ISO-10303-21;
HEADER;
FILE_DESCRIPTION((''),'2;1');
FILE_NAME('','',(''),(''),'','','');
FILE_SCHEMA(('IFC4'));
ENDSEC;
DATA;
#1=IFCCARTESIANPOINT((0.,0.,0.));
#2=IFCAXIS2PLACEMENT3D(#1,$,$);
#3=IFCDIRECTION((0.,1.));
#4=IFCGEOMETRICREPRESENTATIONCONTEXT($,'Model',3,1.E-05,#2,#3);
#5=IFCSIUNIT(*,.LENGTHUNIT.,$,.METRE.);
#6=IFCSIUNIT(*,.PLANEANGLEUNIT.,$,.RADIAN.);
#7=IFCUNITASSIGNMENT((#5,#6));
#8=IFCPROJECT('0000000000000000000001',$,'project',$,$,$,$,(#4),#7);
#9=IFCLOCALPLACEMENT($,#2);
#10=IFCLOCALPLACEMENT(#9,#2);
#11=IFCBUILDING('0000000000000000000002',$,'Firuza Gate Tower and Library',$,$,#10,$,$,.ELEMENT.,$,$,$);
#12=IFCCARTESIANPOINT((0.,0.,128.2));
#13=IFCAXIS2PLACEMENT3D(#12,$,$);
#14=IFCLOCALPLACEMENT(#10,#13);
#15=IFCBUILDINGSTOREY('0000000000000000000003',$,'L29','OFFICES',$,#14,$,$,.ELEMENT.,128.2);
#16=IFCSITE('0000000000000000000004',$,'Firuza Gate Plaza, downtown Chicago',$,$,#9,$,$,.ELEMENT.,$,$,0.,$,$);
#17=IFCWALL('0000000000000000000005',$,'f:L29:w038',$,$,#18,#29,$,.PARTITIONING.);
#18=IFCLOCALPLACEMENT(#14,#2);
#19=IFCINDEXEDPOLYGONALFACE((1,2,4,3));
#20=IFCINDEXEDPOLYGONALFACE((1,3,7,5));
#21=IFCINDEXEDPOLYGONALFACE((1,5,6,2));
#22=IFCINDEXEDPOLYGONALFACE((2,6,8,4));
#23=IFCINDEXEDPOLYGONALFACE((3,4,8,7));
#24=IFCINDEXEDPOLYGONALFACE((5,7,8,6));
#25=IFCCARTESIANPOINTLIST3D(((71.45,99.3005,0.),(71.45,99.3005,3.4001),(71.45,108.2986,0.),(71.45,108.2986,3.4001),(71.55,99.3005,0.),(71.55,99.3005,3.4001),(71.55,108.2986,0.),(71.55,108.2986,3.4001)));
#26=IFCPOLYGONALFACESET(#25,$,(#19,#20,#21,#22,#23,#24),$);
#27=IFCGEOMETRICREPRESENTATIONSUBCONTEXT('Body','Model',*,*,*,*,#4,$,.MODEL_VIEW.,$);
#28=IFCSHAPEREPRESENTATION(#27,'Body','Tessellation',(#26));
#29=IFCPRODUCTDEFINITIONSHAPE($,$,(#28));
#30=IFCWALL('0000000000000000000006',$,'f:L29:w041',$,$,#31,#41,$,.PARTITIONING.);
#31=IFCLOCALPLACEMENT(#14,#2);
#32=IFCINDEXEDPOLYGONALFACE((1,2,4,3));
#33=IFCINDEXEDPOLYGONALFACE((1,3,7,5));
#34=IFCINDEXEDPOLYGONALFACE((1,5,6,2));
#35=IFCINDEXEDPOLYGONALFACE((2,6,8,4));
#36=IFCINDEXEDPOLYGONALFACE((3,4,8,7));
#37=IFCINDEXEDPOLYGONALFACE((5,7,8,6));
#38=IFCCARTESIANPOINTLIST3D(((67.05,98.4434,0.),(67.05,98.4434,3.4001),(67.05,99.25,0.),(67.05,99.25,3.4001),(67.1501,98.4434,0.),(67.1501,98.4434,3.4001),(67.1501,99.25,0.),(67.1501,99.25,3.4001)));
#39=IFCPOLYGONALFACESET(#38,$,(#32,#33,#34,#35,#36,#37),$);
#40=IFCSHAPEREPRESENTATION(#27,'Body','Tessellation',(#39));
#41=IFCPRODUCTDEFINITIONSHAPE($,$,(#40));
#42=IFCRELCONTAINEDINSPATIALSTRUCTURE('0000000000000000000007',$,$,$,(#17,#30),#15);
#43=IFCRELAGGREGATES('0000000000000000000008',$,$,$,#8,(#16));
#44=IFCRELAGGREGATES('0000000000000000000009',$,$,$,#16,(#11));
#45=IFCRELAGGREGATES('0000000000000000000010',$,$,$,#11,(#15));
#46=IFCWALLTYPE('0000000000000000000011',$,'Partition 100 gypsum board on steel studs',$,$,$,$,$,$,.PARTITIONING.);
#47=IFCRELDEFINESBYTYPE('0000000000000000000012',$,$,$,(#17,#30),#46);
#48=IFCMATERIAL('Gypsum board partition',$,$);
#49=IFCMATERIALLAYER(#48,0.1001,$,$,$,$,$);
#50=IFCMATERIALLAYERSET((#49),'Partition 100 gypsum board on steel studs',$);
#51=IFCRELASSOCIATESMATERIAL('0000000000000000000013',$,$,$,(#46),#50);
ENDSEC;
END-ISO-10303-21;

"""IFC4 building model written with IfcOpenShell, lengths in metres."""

from ifc_helpers import new_model, si_unit, direction, frame, frame_2d, origin, place, context, subcontext, project, spatial, rectangle, extrude, material, layer, layer_set, type_object, element, save


model = new_model("IFC4")

# Units and contexts
model_context = context("Model", 3, precision=1e-05, world=origin(), true_north=direction((0.0, 1.0)))
body_context = subcontext(model_context, "Body", "Model", "MODEL_VIEW")
ifc_project = project(units=[si_unit("LENGTHUNIT", "METRE"), si_unit("PLANEANGLEUNIT", "RADIAN")], contexts=[model_context])

# Site, building, storey
site_placement = place(None, origin())
site = spatial("IfcSite", under=ifc_project, at=site_placement, Name="Firuza Gate Plaza, downtown Chicago", CompositionType="ELEMENT", RefElevation=0.0)
building_placement = place(site_placement, origin())
building = spatial("IfcBuilding", under=site, at=building_placement, Name="Firuza Gate Tower and Library", CompositionType="ELEMENT")
storey_placement = place(building_placement, frame((0.0, 0.0, 128.2)))
storey = spatial("IfcBuildingStorey", under=building, at=storey_placement, Name="L29", Description="OFFICES", CompositionType="ELEMENT", Elevation=128.2)

# Shared definitions
ifc_material_1 = material(Name="Gypsum board partition")
ifc_layer_1 = layer(ifc_material_1, 0.1001)
ifc_layer_set_1 = layer_set([ifc_layer_1], Name="Partition 100 gypsum board on steel studs")
wall_type_1 = type_object("IfcWallType", Name="Partition 100 gypsum board on steel studs", PredefinedType="PARTITIONING", material=ifc_layer_set_1)

# Walls
wall_1_placement = place(storey_placement, frame((71.5, 99.3005, 0.0), z_axis=(0.0, 0.0, 1.0), x_axis=(0.0, 1.0, 0.0)))
element("IfcWall", 1, at=wall_1_placement, inside=storey, type_object=wall_type_1, Name="f:L29:w038", PredefinedType="PARTITIONING", context=body_context, shape_type="SweptSolid", body=[
    extrude(rectangle(XDim=8.998, YDim=0.1001, at=frame_2d((4.499, 0.0))), origin(), (0.0, 0.0, 1.0), 3.4001),
])
wall_2_placement = place(storey_placement, frame((67.1001, 98.4434, 0.0), z_axis=(0.0, 0.0, 1.0), x_axis=(0.0, 1.0, 0.0)))
element("IfcWall", 2, at=wall_2_placement, inside=storey, type_object=wall_type_1, Name="f:L29:w041", PredefinedType="PARTITIONING", context=body_context, shape_type="SweptSolid", body=[
    extrude(rectangle(XDim=0.8066, YDim=0.1001, at=frame_2d((0.4033, 0.0))), origin(), (0.0, 0.0, 1.0), 3.4001),
])

save(model, "model.ifc")
